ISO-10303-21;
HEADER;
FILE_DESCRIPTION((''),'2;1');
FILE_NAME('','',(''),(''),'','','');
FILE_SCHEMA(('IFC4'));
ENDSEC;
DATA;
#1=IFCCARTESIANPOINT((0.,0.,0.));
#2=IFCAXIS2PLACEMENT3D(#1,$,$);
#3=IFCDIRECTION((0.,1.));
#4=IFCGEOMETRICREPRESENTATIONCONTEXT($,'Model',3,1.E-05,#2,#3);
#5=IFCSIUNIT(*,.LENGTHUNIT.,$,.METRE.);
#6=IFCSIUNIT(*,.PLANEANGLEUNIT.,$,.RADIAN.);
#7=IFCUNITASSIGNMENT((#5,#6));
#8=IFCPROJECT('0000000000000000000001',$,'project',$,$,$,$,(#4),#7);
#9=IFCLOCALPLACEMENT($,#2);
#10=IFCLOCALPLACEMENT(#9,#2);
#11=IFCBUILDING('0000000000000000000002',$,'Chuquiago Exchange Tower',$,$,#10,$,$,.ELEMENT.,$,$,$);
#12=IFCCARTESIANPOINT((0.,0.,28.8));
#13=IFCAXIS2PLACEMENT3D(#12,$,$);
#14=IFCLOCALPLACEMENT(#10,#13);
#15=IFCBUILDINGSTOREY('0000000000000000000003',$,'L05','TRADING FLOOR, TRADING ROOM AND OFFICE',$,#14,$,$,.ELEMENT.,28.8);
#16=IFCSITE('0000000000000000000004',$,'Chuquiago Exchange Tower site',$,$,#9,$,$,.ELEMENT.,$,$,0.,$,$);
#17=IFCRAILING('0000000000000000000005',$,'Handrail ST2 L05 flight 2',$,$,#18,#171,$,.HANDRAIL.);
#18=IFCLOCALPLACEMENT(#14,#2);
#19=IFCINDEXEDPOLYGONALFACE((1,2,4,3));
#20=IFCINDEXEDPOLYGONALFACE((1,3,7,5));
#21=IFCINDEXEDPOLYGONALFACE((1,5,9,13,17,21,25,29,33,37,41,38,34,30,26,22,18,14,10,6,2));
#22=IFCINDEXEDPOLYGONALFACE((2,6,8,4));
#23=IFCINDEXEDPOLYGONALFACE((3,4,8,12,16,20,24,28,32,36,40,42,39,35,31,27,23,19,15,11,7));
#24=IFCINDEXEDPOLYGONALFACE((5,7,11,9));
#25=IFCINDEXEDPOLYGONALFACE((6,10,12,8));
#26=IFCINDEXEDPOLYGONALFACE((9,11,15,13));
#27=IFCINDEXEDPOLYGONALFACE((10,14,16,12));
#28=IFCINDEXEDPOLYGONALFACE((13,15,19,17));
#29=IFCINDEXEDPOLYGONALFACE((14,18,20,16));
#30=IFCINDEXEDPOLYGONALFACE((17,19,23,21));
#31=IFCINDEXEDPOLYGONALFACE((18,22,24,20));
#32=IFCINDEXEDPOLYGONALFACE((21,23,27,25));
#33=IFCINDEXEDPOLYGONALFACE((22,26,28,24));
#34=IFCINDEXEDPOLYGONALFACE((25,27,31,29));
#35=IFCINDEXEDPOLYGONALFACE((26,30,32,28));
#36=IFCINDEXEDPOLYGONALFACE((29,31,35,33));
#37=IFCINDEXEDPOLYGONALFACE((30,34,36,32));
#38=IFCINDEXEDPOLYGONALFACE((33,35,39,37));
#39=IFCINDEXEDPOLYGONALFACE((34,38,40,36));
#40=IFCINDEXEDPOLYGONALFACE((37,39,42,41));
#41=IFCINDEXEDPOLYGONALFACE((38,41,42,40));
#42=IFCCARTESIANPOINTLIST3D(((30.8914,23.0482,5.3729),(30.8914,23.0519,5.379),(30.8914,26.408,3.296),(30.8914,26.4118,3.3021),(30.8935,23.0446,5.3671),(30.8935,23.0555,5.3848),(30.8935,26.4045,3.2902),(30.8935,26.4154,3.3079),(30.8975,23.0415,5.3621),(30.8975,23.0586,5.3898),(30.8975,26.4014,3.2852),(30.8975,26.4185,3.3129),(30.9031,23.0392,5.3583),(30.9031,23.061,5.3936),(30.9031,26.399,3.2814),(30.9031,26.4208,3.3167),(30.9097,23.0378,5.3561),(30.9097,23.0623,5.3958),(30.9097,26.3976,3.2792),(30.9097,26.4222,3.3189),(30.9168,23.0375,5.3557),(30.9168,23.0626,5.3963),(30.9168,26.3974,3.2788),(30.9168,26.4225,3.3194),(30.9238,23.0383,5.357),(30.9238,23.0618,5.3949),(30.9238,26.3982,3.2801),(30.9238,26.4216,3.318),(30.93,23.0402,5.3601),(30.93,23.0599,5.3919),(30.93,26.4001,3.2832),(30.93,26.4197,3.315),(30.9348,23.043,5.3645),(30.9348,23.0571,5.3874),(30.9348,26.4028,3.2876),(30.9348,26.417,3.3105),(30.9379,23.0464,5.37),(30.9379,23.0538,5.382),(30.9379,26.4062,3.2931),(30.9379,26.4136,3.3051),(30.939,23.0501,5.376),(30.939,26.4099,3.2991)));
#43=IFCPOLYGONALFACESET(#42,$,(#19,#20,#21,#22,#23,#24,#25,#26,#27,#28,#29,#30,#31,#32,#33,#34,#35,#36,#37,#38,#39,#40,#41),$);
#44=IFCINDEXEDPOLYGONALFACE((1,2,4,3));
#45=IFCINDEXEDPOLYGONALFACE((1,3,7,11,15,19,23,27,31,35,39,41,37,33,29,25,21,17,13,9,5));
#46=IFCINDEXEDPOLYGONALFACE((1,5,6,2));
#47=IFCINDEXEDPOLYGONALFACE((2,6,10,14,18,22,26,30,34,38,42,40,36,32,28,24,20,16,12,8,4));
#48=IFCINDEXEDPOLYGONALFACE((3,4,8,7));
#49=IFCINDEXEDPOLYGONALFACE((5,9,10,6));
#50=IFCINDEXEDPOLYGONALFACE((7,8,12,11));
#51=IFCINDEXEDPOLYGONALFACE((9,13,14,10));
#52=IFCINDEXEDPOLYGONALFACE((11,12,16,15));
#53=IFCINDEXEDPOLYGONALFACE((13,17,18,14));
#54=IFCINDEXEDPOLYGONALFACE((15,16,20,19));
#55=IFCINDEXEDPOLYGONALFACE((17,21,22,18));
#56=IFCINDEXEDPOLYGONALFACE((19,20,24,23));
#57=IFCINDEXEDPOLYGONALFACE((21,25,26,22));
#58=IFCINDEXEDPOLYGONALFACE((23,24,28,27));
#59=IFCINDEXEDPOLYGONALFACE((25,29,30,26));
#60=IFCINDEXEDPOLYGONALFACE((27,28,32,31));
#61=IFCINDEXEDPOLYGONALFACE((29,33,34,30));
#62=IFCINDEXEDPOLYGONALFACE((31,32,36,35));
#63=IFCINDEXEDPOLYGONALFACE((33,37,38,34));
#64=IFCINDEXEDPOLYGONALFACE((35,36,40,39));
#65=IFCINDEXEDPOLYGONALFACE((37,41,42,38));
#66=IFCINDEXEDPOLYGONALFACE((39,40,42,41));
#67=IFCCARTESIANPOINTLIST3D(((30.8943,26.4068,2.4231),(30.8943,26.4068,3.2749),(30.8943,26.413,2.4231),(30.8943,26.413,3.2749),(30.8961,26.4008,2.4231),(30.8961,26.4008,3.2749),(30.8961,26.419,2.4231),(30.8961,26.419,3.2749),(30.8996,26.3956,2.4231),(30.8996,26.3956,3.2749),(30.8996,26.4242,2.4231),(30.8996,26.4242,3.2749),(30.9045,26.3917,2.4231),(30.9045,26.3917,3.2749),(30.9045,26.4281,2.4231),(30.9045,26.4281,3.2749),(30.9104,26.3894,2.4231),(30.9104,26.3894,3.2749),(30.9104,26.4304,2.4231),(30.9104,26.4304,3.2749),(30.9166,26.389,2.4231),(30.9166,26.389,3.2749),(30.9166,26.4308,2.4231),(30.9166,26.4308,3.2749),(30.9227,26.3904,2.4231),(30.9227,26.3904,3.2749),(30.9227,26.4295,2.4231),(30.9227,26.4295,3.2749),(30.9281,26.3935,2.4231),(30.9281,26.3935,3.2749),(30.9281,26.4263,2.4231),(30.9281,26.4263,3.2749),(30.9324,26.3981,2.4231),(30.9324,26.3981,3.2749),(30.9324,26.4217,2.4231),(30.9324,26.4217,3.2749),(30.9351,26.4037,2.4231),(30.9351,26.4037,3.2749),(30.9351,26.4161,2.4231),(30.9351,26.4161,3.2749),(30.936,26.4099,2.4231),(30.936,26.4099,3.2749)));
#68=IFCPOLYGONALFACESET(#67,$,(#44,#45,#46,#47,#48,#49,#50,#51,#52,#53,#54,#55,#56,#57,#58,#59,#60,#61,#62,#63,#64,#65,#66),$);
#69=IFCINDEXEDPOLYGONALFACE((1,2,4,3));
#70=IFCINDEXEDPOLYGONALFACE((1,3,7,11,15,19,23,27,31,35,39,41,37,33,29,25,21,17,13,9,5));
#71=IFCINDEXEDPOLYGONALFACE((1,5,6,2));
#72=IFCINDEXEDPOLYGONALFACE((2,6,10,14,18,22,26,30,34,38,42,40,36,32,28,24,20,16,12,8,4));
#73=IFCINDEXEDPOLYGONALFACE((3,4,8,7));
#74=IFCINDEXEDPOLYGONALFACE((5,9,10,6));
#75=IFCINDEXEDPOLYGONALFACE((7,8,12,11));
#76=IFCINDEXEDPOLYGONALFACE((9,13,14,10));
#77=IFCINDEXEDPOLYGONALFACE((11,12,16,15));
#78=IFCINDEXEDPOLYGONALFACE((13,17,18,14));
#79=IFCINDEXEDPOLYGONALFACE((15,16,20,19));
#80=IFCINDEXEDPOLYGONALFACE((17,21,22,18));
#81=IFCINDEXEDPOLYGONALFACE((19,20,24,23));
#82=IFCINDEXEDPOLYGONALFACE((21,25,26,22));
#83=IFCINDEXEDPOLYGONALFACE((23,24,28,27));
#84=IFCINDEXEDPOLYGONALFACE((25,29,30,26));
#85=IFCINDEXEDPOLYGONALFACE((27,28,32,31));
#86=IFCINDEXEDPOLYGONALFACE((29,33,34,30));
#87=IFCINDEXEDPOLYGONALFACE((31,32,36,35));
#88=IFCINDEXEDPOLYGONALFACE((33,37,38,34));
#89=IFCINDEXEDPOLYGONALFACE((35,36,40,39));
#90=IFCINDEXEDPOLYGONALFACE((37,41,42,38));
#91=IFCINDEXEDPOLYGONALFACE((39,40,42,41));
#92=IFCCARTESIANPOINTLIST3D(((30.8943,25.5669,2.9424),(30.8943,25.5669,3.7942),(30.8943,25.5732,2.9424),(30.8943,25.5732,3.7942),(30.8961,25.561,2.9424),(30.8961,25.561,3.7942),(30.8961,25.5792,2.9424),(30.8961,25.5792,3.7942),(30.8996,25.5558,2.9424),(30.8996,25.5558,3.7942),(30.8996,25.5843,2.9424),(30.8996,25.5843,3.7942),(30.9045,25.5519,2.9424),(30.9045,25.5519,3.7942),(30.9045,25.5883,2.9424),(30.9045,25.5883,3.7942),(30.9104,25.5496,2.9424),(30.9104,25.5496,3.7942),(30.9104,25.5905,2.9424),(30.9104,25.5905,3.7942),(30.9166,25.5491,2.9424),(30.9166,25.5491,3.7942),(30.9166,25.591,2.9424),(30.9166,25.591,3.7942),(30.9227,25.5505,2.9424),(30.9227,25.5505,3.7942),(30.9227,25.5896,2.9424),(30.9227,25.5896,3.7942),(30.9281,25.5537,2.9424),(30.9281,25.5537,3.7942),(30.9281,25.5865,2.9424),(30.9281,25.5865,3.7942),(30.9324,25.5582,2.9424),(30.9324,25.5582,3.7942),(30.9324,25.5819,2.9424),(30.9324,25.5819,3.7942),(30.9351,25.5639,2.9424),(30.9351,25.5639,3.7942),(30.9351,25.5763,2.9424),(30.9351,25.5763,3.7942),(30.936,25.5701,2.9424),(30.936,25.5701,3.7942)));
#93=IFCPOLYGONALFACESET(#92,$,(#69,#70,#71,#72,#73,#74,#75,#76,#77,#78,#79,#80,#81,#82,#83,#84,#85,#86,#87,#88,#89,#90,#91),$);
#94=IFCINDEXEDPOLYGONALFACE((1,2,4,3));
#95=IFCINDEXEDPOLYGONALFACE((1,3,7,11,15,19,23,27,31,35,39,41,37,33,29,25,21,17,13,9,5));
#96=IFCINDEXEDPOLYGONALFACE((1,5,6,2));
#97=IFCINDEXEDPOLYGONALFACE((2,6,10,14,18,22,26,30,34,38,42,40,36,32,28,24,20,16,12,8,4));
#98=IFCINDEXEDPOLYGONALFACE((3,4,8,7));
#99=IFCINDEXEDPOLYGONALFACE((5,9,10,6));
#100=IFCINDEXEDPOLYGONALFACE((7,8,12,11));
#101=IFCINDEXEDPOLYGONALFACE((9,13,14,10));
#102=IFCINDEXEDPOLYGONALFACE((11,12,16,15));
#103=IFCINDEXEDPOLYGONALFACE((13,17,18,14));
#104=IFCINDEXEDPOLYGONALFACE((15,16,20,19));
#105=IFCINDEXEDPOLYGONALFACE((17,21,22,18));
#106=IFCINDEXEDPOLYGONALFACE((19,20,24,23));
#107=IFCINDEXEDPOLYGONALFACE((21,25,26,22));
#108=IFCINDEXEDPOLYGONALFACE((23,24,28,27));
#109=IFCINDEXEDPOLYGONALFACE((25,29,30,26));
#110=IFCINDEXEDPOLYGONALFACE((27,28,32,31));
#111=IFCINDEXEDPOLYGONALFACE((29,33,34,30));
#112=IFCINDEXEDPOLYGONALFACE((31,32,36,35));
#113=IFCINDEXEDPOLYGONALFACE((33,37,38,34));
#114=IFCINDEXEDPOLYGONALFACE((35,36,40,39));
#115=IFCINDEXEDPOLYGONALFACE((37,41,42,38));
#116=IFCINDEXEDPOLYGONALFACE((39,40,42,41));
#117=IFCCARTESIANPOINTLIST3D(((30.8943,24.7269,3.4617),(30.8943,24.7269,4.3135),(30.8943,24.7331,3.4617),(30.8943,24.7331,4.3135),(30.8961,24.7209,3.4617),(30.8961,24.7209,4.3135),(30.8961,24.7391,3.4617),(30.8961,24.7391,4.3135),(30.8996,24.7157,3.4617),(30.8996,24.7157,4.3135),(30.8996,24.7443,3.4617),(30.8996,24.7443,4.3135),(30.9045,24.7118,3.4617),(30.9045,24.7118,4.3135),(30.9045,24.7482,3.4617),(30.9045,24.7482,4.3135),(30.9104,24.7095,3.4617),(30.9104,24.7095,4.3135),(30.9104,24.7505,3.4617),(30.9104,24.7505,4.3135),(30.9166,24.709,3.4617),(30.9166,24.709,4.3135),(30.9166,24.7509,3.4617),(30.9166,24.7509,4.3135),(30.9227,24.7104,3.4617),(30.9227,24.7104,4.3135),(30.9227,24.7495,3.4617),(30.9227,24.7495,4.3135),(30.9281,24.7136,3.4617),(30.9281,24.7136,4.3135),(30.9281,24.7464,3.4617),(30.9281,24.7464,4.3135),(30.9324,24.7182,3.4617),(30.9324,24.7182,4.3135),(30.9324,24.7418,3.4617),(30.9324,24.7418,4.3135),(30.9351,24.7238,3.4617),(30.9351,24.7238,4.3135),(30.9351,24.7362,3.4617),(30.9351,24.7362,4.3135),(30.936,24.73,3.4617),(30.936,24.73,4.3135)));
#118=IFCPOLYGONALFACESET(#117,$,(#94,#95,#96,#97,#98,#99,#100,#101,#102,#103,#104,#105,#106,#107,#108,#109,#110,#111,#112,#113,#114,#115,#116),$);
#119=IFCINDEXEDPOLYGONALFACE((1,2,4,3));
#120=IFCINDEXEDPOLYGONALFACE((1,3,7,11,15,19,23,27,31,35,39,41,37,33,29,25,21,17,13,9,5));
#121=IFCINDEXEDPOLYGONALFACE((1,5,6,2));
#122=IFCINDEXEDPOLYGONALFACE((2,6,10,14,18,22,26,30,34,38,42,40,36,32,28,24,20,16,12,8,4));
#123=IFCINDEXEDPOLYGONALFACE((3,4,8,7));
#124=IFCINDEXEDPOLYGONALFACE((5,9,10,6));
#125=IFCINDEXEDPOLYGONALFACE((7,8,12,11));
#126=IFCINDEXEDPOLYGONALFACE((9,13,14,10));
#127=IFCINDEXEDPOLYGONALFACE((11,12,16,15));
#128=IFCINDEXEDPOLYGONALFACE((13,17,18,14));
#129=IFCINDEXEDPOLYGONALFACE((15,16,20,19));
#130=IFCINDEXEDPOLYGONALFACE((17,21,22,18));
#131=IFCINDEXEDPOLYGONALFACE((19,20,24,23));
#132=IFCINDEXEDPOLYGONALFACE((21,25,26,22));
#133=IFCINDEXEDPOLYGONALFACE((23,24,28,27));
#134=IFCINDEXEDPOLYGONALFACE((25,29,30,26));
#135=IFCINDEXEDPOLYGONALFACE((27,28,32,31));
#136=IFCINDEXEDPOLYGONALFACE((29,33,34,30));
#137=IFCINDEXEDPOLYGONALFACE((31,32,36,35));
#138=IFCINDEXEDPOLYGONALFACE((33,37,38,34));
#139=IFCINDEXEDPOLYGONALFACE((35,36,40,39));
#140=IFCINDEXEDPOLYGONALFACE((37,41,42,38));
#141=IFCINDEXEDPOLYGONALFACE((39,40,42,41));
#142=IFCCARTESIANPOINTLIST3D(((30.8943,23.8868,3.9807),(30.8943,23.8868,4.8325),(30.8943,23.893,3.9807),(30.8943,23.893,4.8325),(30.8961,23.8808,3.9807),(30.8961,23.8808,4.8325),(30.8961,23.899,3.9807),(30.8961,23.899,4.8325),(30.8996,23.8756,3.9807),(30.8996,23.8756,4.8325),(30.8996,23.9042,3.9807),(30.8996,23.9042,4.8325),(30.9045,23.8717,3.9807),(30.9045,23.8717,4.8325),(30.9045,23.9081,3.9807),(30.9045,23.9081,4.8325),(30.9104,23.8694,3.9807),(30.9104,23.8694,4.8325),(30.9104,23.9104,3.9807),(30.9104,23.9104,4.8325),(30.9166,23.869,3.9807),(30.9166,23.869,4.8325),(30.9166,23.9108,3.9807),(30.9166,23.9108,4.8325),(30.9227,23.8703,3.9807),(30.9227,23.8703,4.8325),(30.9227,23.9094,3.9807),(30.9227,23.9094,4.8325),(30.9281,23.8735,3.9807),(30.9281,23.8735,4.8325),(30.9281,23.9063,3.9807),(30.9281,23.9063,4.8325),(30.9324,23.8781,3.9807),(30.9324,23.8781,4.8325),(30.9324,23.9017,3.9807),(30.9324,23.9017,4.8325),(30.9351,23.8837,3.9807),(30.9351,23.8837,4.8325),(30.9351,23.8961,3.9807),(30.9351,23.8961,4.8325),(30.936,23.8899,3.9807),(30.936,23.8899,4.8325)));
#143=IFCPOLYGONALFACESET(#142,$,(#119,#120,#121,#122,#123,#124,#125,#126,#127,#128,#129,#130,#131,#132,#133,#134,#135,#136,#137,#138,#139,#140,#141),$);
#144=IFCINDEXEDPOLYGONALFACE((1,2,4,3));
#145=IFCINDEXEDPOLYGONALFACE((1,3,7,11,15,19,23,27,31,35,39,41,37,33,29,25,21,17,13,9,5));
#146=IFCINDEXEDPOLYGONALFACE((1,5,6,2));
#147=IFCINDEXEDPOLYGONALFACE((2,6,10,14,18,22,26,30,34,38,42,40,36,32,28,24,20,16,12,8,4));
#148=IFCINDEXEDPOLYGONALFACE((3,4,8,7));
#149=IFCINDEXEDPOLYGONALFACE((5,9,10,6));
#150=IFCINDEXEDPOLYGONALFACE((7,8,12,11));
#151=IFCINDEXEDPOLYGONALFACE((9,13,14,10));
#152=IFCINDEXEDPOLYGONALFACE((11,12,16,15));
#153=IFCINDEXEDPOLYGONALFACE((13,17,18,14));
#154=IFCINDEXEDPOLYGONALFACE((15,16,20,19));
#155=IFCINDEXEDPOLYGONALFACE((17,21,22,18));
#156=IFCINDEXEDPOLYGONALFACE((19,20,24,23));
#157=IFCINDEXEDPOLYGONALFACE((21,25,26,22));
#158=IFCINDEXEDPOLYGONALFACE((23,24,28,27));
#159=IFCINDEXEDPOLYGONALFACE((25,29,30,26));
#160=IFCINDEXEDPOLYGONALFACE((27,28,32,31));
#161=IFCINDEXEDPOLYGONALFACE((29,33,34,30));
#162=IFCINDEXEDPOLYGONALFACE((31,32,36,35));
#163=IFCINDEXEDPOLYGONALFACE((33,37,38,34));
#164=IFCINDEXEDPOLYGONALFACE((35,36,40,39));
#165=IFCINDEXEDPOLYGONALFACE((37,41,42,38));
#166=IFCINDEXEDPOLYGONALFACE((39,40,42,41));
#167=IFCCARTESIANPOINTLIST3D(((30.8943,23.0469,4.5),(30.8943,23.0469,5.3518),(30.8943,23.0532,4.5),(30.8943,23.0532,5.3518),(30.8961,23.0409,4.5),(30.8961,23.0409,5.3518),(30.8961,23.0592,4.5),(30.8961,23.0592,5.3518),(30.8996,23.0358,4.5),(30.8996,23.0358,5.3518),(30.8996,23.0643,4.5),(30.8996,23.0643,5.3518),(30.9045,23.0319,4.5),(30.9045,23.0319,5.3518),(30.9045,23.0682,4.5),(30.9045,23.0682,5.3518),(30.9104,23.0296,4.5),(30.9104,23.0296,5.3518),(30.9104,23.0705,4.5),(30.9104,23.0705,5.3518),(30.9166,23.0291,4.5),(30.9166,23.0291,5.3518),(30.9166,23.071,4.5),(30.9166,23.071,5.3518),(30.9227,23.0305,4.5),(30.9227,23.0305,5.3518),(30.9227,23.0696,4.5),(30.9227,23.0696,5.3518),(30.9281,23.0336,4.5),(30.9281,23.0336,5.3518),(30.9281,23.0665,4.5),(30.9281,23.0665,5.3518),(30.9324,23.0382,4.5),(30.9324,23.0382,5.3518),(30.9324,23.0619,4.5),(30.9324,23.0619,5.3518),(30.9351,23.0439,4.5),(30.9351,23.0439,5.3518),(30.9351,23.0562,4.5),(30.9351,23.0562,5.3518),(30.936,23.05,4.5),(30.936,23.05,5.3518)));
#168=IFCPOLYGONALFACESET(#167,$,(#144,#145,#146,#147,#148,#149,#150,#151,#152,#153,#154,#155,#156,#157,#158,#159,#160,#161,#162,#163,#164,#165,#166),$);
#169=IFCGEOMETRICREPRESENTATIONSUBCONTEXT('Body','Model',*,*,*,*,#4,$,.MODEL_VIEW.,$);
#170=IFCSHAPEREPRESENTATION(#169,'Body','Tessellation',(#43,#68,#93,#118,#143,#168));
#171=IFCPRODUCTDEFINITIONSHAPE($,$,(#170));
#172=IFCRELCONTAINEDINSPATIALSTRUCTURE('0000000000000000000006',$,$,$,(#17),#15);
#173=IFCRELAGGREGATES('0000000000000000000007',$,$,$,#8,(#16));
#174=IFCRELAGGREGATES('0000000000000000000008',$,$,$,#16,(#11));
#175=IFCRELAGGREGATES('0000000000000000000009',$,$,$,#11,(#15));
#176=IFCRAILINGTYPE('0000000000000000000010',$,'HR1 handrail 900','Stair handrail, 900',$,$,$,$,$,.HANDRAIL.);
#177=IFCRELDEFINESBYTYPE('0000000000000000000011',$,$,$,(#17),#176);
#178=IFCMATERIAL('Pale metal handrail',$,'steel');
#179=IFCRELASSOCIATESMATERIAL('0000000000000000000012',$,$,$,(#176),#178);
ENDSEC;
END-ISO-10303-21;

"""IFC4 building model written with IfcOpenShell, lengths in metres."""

from ifc_helpers import new_model, si_unit, direction, frame, origin, origin_2d, place, context, subcontext, project, spatial, circle, extrude, material, type_object, element, save


model = new_model("IFC4")

# Units and contexts
model_context = context("Model", 3, precision=1e-05, world=origin(), true_north=direction((0.0, 1.0)))
body_context = subcontext(model_context, "Body", "Model", "MODEL_VIEW")
ifc_project = project(units=[si_unit("LENGTHUNIT", "METRE"), si_unit("PLANEANGLEUNIT", "RADIAN")], contexts=[model_context])

# Site, building, storey
site_placement = place(None, origin())
site = spatial("IfcSite", under=ifc_project, at=site_placement, Name="Chuquiago Exchange Tower site", CompositionType="ELEMENT", RefElevation=0.0)
building_placement = place(site_placement, origin())
building = spatial("IfcBuilding", under=site, at=building_placement, Name="Chuquiago Exchange Tower", CompositionType="ELEMENT")
storey_placement = place(building_placement, frame((0.0, 0.0, 28.8)))
storey = spatial("IfcBuildingStorey", under=building, at=storey_placement, Name="L05", Description="TRADING FLOOR, TRADING ROOM AND OFFICE", CompositionType="ELEMENT", Elevation=28.8)

# Railing
ifc_material_1 = material(Name="Pale metal handrail", Category="steel")
railing_type_1 = type_object("IfcRailingType", Name="HR1 handrail 900", Description="Stair handrail, 900", PredefinedType="HANDRAIL", material=ifc_material_1)
for number, where, name in (
    (1, (30.915, 26.4099, 2.4231), "Handrail ST2 L05 flight 2"),
):
    element("IfcRailing", number, at=place(storey_placement, frame(where)), inside=storey, type_object=railing_type_1, Name=name, PredefinedType="HANDRAIL", context=body_context, shape_type="SweptSolid", body=[
        extrude(circle(Radius=0.0239, at=origin_2d()), frame((0.0, 0.0, 0.876), z_axis=(0.0, -0.850606, 0.525803), x_axis=(1.0, 0.0, 0.0)), (0.0, 0.0, 1.0), 3.95),
        extrude(circle(Radius=0.021, at=origin_2d()), origin(), (0.0, 0.0, 1.0), 0.8518),
        extrude(circle(Radius=0.021, at=origin_2d()), frame((0.0, -0.8398, 0.5193)), (0.0, 0.0, 1.0), 0.8518),
        extrude(circle(Radius=0.021, at=origin_2d()), frame((0.0, -1.6799, 1.0386)), (0.0, 0.0, 1.0), 0.8518),
        extrude(circle(Radius=0.021, at=origin_2d()), frame((0.0, -2.52, 1.5576)), (0.0, 0.0, 1.0), 0.8518),
        extrude(circle(Radius=0.021, at=origin_2d()), frame((0.0, -3.3599, 2.0769)), (0.0, 0.0, 1.0), 0.8518),
    ])

save(model, "model.ifc")
